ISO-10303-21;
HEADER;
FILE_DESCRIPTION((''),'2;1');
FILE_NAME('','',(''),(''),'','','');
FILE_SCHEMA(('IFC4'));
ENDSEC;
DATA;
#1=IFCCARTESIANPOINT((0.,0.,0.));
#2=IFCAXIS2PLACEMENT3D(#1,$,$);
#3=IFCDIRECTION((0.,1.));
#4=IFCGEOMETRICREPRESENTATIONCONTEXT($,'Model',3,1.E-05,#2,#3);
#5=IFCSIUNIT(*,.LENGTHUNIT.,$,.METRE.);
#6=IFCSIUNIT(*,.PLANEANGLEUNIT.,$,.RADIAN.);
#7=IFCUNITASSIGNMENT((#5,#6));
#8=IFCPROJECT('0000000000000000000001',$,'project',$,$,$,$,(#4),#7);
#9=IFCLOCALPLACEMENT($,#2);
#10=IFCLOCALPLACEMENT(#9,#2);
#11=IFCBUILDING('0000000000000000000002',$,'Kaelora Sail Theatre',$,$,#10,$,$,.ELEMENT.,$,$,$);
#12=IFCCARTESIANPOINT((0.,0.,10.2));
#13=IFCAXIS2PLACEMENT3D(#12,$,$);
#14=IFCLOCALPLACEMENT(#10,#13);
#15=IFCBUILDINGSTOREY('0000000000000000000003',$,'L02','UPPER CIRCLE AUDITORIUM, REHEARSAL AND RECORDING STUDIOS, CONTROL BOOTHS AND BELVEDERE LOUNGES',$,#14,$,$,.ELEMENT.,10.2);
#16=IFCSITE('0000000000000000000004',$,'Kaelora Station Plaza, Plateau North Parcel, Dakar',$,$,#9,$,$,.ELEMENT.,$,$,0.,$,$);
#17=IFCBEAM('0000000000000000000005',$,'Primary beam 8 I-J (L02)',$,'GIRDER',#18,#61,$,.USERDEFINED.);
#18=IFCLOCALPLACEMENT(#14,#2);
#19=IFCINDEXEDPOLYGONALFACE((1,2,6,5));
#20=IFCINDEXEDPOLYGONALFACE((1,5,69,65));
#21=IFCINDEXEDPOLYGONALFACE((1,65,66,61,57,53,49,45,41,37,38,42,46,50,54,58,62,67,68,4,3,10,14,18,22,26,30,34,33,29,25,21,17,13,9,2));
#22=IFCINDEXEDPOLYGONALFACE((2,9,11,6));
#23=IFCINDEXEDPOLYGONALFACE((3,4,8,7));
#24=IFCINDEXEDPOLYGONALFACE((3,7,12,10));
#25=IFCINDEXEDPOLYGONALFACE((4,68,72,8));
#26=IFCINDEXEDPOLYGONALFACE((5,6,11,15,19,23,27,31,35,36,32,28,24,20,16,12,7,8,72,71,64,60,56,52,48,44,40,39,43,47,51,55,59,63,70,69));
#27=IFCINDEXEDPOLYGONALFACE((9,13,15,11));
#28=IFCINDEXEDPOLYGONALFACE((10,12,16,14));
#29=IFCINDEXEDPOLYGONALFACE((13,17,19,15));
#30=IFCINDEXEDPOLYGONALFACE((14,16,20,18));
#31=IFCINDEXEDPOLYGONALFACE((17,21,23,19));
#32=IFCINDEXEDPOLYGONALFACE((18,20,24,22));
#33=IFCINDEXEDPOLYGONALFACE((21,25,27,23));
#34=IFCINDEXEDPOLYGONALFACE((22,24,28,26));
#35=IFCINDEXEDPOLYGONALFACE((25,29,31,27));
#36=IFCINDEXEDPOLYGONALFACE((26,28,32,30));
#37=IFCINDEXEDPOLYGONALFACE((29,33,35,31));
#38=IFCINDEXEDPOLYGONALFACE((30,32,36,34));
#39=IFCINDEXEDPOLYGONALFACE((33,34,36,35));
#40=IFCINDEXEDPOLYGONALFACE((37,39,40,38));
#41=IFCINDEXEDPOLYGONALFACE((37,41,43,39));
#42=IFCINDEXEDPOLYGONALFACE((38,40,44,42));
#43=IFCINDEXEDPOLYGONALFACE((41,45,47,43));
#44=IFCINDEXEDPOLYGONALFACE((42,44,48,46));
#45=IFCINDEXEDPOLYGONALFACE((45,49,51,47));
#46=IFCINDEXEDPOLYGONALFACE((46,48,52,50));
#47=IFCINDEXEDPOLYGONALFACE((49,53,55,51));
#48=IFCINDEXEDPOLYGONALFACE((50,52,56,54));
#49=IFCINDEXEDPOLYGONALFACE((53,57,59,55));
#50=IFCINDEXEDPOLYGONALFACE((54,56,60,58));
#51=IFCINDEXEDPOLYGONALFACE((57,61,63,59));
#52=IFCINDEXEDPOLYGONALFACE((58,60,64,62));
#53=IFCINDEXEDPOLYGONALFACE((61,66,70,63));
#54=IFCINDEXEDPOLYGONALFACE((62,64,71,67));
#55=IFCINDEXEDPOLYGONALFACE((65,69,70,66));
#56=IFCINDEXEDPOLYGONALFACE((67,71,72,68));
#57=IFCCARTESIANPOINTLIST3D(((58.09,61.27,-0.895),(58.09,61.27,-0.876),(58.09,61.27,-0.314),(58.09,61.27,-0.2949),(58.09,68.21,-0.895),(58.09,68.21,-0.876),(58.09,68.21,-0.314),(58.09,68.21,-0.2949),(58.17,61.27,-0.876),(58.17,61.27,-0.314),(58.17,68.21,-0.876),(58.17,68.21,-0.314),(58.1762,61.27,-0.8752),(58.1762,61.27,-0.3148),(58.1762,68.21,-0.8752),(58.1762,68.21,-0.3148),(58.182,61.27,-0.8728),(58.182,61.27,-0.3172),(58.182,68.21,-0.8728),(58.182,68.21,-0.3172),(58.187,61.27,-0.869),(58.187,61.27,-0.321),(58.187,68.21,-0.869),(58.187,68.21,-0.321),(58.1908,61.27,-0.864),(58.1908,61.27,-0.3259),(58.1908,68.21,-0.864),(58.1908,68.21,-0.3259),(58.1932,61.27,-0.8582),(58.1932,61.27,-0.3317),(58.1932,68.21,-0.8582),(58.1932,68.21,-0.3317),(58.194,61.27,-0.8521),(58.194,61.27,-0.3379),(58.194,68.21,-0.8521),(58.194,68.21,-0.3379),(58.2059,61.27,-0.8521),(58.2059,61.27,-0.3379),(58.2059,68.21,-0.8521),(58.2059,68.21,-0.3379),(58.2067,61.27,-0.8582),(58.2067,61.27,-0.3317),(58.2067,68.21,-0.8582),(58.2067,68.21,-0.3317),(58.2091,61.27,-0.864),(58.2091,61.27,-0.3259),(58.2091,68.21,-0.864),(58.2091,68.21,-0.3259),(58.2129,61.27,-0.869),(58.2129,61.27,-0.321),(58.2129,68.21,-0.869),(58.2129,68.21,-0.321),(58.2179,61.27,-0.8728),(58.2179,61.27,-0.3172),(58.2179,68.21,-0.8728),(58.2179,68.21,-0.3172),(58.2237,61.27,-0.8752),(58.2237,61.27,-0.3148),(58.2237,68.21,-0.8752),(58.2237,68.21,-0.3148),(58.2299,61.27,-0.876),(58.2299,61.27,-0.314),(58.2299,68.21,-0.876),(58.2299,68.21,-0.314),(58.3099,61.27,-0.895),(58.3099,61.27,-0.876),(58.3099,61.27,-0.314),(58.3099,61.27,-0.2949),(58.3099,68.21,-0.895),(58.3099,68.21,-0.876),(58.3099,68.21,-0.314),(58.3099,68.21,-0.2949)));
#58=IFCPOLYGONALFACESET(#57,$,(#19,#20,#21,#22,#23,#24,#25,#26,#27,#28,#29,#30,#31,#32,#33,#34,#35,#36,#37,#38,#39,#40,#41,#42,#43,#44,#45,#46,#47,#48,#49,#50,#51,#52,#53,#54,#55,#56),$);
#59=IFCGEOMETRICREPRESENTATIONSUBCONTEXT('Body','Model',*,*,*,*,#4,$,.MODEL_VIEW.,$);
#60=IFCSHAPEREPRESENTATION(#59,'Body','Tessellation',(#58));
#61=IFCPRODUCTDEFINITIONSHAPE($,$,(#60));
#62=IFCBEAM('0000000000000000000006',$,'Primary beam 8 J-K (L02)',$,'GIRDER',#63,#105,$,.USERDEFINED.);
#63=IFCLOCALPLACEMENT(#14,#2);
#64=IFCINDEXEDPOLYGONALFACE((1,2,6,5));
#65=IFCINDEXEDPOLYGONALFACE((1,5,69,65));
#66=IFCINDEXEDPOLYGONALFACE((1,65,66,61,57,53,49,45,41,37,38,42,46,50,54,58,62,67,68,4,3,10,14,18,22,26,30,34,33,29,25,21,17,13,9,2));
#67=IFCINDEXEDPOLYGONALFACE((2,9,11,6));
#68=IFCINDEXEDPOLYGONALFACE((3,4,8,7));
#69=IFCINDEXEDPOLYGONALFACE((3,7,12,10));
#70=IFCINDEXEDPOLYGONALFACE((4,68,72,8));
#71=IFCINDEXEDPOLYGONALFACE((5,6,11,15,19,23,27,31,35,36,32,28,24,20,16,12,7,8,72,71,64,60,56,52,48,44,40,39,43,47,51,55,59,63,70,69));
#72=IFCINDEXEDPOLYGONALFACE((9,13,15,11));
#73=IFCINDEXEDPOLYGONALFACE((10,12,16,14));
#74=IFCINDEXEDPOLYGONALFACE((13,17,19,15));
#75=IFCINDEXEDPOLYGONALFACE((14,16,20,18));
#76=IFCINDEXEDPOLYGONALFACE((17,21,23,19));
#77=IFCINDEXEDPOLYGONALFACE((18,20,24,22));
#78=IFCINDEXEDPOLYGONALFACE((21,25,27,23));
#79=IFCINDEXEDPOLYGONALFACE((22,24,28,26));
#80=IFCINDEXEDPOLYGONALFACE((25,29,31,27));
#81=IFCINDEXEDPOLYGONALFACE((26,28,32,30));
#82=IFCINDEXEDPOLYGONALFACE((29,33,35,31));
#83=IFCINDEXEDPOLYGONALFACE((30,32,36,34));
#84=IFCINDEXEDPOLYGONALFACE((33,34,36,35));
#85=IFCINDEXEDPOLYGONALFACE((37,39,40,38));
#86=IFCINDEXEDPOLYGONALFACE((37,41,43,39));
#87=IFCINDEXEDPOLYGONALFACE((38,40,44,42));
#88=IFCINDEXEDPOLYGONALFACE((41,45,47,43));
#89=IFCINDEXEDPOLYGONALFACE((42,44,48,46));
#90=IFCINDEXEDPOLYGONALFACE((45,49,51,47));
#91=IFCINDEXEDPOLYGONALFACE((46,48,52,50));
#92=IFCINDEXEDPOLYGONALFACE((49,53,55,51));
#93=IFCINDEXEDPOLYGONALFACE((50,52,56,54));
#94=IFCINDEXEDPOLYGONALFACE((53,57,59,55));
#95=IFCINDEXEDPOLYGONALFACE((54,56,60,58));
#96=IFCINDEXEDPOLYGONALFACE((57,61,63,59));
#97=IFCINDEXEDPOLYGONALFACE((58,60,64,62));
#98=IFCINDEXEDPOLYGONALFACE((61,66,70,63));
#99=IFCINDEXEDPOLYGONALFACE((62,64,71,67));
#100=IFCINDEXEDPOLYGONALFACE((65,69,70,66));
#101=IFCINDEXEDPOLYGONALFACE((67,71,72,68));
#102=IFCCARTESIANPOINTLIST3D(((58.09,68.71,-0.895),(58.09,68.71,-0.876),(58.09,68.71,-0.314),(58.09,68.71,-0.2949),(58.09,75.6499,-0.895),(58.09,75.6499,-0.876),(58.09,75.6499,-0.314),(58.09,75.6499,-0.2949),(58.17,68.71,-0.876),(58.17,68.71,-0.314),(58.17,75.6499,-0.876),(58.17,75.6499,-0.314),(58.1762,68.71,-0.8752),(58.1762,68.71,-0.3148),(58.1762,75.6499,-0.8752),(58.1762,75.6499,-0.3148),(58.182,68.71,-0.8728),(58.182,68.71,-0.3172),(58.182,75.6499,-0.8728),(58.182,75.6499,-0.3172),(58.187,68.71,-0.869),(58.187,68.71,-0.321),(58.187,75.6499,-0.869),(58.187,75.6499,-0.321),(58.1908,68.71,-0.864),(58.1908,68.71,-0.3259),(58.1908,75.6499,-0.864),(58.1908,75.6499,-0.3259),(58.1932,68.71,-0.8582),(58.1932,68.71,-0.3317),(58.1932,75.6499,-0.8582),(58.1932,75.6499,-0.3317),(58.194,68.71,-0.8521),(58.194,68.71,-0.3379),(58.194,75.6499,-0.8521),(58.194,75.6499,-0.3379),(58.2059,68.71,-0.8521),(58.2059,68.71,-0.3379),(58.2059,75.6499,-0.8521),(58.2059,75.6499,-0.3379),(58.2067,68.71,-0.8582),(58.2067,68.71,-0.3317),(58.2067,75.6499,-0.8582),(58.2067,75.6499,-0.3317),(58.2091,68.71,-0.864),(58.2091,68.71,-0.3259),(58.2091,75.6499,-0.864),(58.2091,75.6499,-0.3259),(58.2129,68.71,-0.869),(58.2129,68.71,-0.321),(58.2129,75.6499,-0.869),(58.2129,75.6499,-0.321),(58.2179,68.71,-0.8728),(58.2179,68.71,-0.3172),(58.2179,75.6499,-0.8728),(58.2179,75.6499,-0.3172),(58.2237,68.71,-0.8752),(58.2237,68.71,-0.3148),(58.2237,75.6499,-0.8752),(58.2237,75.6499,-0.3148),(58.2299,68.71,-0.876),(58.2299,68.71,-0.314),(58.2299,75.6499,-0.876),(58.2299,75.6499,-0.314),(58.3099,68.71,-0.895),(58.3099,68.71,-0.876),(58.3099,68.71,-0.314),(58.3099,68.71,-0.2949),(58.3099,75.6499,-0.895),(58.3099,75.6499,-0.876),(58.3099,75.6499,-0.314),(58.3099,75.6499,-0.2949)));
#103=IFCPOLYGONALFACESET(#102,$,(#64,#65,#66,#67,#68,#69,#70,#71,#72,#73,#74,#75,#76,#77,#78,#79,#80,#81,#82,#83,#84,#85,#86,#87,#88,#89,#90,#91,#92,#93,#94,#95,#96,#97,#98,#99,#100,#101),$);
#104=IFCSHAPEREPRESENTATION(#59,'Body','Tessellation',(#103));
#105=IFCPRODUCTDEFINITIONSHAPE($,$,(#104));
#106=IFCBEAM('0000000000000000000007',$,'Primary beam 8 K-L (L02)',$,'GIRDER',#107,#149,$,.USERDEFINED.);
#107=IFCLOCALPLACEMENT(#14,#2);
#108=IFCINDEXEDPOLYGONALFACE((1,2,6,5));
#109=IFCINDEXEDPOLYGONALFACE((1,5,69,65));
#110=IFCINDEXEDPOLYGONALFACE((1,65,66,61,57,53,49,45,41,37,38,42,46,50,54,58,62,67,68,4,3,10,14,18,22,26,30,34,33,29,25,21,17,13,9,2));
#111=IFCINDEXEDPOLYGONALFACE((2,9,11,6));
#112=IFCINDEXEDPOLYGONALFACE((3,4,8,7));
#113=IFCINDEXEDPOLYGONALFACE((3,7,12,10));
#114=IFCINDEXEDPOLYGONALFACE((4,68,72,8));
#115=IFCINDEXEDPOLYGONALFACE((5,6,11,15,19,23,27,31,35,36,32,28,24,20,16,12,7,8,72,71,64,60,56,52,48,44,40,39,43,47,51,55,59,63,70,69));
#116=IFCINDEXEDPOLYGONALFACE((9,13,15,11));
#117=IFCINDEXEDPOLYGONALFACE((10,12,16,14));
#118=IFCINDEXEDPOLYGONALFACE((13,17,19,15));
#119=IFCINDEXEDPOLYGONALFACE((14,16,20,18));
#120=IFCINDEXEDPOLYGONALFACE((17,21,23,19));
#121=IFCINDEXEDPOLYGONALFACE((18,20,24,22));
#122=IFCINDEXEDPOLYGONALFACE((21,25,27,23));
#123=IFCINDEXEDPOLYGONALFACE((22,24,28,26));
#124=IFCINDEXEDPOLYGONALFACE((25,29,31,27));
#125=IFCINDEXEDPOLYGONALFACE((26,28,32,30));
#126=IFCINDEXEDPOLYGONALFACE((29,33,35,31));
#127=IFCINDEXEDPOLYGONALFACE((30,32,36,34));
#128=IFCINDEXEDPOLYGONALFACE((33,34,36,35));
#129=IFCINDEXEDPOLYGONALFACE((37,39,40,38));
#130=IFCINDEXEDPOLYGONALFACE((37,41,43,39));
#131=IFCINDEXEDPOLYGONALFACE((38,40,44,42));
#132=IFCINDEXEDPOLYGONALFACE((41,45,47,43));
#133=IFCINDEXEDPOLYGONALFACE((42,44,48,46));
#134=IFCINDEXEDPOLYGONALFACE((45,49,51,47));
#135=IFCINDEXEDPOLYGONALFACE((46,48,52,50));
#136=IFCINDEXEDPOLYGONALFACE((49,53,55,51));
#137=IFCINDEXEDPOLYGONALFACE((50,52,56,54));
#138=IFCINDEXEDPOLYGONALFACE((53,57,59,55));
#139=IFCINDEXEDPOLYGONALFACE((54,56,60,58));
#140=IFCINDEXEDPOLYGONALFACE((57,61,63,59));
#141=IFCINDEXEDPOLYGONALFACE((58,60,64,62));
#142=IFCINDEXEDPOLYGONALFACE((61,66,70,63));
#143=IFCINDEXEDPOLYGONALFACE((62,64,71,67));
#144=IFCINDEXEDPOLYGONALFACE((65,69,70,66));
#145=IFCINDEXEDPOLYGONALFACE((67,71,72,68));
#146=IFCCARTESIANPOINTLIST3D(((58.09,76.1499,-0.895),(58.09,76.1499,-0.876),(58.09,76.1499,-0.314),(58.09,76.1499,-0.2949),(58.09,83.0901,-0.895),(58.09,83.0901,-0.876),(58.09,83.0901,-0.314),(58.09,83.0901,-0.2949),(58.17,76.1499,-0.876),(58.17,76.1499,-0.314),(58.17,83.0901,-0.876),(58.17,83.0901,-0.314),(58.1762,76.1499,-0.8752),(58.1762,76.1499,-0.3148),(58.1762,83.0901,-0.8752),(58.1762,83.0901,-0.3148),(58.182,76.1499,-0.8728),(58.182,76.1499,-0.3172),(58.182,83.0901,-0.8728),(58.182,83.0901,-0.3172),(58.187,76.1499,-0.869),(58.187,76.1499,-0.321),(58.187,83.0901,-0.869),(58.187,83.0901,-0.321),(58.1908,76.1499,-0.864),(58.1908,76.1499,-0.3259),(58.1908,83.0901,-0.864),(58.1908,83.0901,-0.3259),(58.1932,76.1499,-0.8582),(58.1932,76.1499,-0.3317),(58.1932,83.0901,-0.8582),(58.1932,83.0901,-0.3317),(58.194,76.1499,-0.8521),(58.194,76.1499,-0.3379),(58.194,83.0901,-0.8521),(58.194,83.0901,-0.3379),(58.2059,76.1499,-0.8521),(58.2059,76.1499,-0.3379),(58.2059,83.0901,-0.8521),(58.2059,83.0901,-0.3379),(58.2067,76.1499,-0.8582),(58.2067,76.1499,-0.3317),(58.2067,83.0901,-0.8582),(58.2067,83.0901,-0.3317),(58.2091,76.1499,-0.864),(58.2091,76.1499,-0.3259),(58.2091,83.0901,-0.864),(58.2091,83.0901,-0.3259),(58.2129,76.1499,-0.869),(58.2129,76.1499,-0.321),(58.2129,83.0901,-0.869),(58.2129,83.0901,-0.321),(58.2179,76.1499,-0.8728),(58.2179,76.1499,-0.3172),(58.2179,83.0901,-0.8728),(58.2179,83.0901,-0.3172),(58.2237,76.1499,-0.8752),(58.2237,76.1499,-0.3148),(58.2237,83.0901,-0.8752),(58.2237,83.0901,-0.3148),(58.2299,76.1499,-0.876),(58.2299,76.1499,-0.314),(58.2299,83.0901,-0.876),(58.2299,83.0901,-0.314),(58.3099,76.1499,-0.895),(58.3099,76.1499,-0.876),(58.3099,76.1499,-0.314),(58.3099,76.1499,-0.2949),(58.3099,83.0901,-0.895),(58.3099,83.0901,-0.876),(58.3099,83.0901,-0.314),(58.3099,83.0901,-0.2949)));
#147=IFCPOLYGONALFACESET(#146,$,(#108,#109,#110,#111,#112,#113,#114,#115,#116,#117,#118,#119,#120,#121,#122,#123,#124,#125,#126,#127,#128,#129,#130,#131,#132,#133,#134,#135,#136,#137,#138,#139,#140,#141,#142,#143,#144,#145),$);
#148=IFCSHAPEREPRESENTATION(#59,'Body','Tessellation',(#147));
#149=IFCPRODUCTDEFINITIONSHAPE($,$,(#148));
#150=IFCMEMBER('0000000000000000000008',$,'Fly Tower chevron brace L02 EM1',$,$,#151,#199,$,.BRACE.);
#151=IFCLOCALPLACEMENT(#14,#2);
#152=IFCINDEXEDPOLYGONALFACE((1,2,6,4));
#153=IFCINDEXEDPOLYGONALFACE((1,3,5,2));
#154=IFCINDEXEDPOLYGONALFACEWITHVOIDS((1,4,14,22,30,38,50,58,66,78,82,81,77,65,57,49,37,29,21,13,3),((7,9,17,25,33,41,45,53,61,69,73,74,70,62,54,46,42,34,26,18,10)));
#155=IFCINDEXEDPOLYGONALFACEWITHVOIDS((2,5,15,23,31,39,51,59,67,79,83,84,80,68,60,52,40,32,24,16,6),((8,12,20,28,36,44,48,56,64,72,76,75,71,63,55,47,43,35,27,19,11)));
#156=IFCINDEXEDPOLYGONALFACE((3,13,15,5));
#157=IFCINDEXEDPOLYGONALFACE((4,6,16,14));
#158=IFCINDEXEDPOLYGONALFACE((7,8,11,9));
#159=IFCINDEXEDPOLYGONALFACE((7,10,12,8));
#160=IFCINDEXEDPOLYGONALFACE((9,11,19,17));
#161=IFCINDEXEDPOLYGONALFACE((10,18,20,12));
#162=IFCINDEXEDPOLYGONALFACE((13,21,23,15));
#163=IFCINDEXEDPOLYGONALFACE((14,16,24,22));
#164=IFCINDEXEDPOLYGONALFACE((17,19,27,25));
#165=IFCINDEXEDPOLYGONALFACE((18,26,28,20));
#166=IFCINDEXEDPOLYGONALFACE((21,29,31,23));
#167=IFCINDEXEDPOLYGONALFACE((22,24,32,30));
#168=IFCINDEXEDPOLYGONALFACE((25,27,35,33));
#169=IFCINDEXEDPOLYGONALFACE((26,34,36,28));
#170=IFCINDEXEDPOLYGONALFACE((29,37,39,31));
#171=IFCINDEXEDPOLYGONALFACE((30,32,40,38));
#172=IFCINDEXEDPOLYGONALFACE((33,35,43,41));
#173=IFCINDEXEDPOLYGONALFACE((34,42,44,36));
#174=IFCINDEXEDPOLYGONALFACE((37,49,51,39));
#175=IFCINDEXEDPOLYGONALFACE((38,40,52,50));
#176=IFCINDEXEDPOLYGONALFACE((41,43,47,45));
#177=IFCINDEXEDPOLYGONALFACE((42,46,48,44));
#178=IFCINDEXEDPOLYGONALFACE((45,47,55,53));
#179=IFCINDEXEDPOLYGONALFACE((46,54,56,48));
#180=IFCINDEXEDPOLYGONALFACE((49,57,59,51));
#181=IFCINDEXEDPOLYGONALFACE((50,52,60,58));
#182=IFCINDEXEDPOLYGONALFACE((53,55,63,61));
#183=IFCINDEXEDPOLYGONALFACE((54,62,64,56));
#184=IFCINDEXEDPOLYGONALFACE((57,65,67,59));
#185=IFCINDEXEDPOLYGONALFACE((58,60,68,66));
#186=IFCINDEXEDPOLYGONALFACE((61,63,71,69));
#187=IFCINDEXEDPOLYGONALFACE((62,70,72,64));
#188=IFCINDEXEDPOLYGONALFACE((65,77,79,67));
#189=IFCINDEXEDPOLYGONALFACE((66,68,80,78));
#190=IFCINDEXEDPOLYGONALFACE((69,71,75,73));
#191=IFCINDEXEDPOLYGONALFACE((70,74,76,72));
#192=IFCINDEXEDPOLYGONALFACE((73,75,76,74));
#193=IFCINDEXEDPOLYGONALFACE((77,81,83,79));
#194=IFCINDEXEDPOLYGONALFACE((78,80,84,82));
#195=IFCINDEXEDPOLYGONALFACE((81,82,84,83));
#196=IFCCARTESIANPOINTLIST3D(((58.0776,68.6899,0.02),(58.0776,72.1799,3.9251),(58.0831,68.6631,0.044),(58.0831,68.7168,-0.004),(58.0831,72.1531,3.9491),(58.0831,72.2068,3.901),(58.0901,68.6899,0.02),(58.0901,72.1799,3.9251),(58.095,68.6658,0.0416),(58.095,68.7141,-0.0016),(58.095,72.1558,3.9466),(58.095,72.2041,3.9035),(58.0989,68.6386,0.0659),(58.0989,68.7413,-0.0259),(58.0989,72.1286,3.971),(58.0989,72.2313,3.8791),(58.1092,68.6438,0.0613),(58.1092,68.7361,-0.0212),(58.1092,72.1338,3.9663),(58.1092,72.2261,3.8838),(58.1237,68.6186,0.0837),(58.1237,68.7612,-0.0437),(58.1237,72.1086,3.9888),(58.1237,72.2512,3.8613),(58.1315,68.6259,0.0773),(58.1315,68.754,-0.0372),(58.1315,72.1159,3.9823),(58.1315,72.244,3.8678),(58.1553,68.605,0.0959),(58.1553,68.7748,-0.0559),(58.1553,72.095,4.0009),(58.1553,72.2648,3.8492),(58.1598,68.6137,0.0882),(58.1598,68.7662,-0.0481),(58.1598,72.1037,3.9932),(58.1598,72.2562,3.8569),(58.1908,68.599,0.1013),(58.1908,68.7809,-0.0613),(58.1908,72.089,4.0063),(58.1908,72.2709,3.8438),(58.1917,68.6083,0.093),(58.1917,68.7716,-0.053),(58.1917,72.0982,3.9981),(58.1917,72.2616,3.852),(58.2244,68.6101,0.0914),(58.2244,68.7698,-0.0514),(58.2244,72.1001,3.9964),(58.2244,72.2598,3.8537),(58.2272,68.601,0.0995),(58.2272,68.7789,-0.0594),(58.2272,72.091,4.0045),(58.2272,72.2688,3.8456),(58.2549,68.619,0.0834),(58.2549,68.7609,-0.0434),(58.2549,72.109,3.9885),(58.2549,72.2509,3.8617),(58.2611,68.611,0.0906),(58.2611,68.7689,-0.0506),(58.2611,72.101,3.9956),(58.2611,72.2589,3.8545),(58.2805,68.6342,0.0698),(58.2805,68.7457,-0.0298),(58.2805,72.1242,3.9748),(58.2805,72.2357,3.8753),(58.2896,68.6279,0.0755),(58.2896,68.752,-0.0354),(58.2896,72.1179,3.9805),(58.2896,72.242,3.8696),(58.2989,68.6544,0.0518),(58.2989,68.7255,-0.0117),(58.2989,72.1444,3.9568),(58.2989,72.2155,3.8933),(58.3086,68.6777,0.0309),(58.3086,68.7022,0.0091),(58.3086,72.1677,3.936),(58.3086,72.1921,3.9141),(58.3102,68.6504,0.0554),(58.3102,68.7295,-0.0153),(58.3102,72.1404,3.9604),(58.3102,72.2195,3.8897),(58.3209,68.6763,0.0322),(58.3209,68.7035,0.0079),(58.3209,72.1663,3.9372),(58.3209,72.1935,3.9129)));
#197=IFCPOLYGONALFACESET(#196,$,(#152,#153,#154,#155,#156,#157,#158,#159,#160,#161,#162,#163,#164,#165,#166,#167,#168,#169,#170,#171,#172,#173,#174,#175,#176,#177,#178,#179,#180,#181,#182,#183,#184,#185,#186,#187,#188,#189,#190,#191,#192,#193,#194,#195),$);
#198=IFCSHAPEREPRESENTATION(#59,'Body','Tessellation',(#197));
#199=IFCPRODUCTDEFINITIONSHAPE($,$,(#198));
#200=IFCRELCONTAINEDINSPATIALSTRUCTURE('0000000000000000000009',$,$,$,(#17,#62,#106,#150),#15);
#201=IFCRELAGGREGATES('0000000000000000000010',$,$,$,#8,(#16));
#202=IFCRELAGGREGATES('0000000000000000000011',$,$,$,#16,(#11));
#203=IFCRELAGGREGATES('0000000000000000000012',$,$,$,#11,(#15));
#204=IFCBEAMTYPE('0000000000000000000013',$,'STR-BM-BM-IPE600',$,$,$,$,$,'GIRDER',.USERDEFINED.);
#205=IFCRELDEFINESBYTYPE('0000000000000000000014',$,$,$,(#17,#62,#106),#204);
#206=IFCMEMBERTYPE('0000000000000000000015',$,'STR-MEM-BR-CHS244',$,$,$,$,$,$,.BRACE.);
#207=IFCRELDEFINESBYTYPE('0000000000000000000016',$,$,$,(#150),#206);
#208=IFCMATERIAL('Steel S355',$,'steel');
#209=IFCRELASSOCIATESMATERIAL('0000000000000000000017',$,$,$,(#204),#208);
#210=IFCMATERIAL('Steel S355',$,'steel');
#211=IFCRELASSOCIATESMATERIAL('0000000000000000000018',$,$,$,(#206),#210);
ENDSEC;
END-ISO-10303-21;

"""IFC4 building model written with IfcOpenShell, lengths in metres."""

from ifc_helpers import new_model, si_unit, direction, frame, origin, origin_2d, place, context, subcontext, project, spatial, hollow_circle, i_section, extrude, material, material_profile, profile_set, type_object, element, save


model = new_model("IFC4")

# Units and contexts
model_context = context("Model", 3, precision=1e-05, world=origin(), true_north=direction((0.0, 1.0)))
body_context = subcontext(model_context, "Body", "Model", "MODEL_VIEW")
ifc_project = project(units=[si_unit("LENGTHUNIT", "METRE"), si_unit("PLANEANGLEUNIT", "RADIAN")], contexts=[model_context])

# Site, building, storey
site_placement = place(None, origin())
site = spatial("IfcSite", under=ifc_project, at=site_placement, Name="Kaelora Station Plaza, Plateau North Parcel, Dakar", CompositionType="ELEMENT", RefElevation=0.0)
building_placement = place(site_placement, origin())
building = spatial("IfcBuilding", under=site, at=building_placement, Name="Kaelora Sail Theatre", CompositionType="ELEMENT")
storey_placement = place(building_placement, frame((0.0, 0.0, 10.2)))
storey = spatial("IfcBuildingStorey", under=building, at=storey_placement, Name="L02", Description="UPPER CIRCLE AUDITORIUM, REHEARSAL AND RECORDING STUDIOS, CONTROL BOOTHS AND BELVEDERE LOUNGES", CompositionType="ELEMENT", Elevation=10.2)

# Beams
ifc_material_1 = material(Name="Steel S355", Category="steel")
ifc_material_profile_1 = material_profile(ifc_material_1, i_section(OverallWidth=0.22, OverallDepth=0.6001, WebThickness=0.012, FlangeThickness=0.019, FilletRadius=0.0239, at=origin_2d()), Name="IPE 600")
ifc_profile_set_1 = profile_set([ifc_material_profile_1], Name="Steel S355")
beam_type_1 = type_object("IfcBeamType", Name="STR-BM-BM-IPE600", ElementType="GIRDER", PredefinedType="USERDEFINED", material=ifc_profile_set_1)
for number, where, z_axis, x_axis, name in (
    (1, (58.2, 61.27, -0.595), (0.0, 1.0, 0.0), (-1.0, 0.0, 0.0), "Primary beam 8 I-J (L02)"),
    (2, (58.2, 68.71, -0.595), (0.0, 1.0, 0.0), (-1.0, 0.0, 0.0), "Primary beam 8 J-K (L02)"),
):
    element("IfcBeam", number, at=place(storey_placement, frame(where, z_axis=z_axis, x_axis=x_axis)), inside=storey, type_object=beam_type_1, Name=name, ObjectType="GIRDER", PredefinedType="USERDEFINED", context=body_context, shape_type="SweptSolid", body=[
        extrude(i_section(OverallWidth=0.22, OverallDepth=0.6001, WebThickness=0.012, FlangeThickness=0.019, FilletRadius=0.0239, at=origin_2d()), origin(), (0.0, 0.0, 1.0), 6.9399),
    ])
beam_1_placement = place(storey_placement, frame((58.2, 76.1499, -0.595), z_axis=(0.0, 1.0, 0.0), x_axis=(-1.0, 0.0, 0.0)))
element("IfcBeam", 3, at=beam_1_placement, inside=storey, type_object=beam_type_1, Name="Primary beam 8 K-L (L02)", ObjectType="GIRDER", PredefinedType="USERDEFINED", context=body_context, shape_type="SweptSolid", body=[
    extrude(i_section(OverallWidth=0.22, OverallDepth=0.6001, WebThickness=0.012, FlangeThickness=0.019, FilletRadius=0.0239, at=origin_2d()), origin(), (0.0, 0.0, 1.0), 6.9402),
])

# Member
ifc_material_2 = material(Name="Steel S355", Category="steel")
ifc_material_profile_2 = material_profile(ifc_material_2, hollow_circle(Radius=0.1223, WallThickness=0.0125, at=origin_2d()), Name="CHS 244.5x12.5")
ifc_profile_set_2 = profile_set([ifc_material_profile_2], Name="Steel S355")
member_type = type_object("IfcMemberType", Name="STR-MEM-BR-CHS244", PredefinedType="BRACE", material=ifc_profile_set_2)
for number, where, z_axis, x_axis, name in (
    (4, (58.2, 68.6899, 0.02), (0.0, 0.666372, 0.745619), (-1.0, 0.0, 0.0), "Fly Tower chevron brace L02 EM1"),
):
    element("IfcMember", number, at=place(storey_placement, frame(where, z_axis=z_axis, x_axis=x_axis)), inside=storey, type_object=member_type, Name=name, PredefinedType="BRACE", context=body_context, shape_type="SweptSolid", body=[
        extrude(hollow_circle(Radius=0.1223, WallThickness=0.0125, at=origin_2d()), origin(), (0.0, 0.0, 1.0), 5.2373),
    ])

save(model, "model.ifc")
